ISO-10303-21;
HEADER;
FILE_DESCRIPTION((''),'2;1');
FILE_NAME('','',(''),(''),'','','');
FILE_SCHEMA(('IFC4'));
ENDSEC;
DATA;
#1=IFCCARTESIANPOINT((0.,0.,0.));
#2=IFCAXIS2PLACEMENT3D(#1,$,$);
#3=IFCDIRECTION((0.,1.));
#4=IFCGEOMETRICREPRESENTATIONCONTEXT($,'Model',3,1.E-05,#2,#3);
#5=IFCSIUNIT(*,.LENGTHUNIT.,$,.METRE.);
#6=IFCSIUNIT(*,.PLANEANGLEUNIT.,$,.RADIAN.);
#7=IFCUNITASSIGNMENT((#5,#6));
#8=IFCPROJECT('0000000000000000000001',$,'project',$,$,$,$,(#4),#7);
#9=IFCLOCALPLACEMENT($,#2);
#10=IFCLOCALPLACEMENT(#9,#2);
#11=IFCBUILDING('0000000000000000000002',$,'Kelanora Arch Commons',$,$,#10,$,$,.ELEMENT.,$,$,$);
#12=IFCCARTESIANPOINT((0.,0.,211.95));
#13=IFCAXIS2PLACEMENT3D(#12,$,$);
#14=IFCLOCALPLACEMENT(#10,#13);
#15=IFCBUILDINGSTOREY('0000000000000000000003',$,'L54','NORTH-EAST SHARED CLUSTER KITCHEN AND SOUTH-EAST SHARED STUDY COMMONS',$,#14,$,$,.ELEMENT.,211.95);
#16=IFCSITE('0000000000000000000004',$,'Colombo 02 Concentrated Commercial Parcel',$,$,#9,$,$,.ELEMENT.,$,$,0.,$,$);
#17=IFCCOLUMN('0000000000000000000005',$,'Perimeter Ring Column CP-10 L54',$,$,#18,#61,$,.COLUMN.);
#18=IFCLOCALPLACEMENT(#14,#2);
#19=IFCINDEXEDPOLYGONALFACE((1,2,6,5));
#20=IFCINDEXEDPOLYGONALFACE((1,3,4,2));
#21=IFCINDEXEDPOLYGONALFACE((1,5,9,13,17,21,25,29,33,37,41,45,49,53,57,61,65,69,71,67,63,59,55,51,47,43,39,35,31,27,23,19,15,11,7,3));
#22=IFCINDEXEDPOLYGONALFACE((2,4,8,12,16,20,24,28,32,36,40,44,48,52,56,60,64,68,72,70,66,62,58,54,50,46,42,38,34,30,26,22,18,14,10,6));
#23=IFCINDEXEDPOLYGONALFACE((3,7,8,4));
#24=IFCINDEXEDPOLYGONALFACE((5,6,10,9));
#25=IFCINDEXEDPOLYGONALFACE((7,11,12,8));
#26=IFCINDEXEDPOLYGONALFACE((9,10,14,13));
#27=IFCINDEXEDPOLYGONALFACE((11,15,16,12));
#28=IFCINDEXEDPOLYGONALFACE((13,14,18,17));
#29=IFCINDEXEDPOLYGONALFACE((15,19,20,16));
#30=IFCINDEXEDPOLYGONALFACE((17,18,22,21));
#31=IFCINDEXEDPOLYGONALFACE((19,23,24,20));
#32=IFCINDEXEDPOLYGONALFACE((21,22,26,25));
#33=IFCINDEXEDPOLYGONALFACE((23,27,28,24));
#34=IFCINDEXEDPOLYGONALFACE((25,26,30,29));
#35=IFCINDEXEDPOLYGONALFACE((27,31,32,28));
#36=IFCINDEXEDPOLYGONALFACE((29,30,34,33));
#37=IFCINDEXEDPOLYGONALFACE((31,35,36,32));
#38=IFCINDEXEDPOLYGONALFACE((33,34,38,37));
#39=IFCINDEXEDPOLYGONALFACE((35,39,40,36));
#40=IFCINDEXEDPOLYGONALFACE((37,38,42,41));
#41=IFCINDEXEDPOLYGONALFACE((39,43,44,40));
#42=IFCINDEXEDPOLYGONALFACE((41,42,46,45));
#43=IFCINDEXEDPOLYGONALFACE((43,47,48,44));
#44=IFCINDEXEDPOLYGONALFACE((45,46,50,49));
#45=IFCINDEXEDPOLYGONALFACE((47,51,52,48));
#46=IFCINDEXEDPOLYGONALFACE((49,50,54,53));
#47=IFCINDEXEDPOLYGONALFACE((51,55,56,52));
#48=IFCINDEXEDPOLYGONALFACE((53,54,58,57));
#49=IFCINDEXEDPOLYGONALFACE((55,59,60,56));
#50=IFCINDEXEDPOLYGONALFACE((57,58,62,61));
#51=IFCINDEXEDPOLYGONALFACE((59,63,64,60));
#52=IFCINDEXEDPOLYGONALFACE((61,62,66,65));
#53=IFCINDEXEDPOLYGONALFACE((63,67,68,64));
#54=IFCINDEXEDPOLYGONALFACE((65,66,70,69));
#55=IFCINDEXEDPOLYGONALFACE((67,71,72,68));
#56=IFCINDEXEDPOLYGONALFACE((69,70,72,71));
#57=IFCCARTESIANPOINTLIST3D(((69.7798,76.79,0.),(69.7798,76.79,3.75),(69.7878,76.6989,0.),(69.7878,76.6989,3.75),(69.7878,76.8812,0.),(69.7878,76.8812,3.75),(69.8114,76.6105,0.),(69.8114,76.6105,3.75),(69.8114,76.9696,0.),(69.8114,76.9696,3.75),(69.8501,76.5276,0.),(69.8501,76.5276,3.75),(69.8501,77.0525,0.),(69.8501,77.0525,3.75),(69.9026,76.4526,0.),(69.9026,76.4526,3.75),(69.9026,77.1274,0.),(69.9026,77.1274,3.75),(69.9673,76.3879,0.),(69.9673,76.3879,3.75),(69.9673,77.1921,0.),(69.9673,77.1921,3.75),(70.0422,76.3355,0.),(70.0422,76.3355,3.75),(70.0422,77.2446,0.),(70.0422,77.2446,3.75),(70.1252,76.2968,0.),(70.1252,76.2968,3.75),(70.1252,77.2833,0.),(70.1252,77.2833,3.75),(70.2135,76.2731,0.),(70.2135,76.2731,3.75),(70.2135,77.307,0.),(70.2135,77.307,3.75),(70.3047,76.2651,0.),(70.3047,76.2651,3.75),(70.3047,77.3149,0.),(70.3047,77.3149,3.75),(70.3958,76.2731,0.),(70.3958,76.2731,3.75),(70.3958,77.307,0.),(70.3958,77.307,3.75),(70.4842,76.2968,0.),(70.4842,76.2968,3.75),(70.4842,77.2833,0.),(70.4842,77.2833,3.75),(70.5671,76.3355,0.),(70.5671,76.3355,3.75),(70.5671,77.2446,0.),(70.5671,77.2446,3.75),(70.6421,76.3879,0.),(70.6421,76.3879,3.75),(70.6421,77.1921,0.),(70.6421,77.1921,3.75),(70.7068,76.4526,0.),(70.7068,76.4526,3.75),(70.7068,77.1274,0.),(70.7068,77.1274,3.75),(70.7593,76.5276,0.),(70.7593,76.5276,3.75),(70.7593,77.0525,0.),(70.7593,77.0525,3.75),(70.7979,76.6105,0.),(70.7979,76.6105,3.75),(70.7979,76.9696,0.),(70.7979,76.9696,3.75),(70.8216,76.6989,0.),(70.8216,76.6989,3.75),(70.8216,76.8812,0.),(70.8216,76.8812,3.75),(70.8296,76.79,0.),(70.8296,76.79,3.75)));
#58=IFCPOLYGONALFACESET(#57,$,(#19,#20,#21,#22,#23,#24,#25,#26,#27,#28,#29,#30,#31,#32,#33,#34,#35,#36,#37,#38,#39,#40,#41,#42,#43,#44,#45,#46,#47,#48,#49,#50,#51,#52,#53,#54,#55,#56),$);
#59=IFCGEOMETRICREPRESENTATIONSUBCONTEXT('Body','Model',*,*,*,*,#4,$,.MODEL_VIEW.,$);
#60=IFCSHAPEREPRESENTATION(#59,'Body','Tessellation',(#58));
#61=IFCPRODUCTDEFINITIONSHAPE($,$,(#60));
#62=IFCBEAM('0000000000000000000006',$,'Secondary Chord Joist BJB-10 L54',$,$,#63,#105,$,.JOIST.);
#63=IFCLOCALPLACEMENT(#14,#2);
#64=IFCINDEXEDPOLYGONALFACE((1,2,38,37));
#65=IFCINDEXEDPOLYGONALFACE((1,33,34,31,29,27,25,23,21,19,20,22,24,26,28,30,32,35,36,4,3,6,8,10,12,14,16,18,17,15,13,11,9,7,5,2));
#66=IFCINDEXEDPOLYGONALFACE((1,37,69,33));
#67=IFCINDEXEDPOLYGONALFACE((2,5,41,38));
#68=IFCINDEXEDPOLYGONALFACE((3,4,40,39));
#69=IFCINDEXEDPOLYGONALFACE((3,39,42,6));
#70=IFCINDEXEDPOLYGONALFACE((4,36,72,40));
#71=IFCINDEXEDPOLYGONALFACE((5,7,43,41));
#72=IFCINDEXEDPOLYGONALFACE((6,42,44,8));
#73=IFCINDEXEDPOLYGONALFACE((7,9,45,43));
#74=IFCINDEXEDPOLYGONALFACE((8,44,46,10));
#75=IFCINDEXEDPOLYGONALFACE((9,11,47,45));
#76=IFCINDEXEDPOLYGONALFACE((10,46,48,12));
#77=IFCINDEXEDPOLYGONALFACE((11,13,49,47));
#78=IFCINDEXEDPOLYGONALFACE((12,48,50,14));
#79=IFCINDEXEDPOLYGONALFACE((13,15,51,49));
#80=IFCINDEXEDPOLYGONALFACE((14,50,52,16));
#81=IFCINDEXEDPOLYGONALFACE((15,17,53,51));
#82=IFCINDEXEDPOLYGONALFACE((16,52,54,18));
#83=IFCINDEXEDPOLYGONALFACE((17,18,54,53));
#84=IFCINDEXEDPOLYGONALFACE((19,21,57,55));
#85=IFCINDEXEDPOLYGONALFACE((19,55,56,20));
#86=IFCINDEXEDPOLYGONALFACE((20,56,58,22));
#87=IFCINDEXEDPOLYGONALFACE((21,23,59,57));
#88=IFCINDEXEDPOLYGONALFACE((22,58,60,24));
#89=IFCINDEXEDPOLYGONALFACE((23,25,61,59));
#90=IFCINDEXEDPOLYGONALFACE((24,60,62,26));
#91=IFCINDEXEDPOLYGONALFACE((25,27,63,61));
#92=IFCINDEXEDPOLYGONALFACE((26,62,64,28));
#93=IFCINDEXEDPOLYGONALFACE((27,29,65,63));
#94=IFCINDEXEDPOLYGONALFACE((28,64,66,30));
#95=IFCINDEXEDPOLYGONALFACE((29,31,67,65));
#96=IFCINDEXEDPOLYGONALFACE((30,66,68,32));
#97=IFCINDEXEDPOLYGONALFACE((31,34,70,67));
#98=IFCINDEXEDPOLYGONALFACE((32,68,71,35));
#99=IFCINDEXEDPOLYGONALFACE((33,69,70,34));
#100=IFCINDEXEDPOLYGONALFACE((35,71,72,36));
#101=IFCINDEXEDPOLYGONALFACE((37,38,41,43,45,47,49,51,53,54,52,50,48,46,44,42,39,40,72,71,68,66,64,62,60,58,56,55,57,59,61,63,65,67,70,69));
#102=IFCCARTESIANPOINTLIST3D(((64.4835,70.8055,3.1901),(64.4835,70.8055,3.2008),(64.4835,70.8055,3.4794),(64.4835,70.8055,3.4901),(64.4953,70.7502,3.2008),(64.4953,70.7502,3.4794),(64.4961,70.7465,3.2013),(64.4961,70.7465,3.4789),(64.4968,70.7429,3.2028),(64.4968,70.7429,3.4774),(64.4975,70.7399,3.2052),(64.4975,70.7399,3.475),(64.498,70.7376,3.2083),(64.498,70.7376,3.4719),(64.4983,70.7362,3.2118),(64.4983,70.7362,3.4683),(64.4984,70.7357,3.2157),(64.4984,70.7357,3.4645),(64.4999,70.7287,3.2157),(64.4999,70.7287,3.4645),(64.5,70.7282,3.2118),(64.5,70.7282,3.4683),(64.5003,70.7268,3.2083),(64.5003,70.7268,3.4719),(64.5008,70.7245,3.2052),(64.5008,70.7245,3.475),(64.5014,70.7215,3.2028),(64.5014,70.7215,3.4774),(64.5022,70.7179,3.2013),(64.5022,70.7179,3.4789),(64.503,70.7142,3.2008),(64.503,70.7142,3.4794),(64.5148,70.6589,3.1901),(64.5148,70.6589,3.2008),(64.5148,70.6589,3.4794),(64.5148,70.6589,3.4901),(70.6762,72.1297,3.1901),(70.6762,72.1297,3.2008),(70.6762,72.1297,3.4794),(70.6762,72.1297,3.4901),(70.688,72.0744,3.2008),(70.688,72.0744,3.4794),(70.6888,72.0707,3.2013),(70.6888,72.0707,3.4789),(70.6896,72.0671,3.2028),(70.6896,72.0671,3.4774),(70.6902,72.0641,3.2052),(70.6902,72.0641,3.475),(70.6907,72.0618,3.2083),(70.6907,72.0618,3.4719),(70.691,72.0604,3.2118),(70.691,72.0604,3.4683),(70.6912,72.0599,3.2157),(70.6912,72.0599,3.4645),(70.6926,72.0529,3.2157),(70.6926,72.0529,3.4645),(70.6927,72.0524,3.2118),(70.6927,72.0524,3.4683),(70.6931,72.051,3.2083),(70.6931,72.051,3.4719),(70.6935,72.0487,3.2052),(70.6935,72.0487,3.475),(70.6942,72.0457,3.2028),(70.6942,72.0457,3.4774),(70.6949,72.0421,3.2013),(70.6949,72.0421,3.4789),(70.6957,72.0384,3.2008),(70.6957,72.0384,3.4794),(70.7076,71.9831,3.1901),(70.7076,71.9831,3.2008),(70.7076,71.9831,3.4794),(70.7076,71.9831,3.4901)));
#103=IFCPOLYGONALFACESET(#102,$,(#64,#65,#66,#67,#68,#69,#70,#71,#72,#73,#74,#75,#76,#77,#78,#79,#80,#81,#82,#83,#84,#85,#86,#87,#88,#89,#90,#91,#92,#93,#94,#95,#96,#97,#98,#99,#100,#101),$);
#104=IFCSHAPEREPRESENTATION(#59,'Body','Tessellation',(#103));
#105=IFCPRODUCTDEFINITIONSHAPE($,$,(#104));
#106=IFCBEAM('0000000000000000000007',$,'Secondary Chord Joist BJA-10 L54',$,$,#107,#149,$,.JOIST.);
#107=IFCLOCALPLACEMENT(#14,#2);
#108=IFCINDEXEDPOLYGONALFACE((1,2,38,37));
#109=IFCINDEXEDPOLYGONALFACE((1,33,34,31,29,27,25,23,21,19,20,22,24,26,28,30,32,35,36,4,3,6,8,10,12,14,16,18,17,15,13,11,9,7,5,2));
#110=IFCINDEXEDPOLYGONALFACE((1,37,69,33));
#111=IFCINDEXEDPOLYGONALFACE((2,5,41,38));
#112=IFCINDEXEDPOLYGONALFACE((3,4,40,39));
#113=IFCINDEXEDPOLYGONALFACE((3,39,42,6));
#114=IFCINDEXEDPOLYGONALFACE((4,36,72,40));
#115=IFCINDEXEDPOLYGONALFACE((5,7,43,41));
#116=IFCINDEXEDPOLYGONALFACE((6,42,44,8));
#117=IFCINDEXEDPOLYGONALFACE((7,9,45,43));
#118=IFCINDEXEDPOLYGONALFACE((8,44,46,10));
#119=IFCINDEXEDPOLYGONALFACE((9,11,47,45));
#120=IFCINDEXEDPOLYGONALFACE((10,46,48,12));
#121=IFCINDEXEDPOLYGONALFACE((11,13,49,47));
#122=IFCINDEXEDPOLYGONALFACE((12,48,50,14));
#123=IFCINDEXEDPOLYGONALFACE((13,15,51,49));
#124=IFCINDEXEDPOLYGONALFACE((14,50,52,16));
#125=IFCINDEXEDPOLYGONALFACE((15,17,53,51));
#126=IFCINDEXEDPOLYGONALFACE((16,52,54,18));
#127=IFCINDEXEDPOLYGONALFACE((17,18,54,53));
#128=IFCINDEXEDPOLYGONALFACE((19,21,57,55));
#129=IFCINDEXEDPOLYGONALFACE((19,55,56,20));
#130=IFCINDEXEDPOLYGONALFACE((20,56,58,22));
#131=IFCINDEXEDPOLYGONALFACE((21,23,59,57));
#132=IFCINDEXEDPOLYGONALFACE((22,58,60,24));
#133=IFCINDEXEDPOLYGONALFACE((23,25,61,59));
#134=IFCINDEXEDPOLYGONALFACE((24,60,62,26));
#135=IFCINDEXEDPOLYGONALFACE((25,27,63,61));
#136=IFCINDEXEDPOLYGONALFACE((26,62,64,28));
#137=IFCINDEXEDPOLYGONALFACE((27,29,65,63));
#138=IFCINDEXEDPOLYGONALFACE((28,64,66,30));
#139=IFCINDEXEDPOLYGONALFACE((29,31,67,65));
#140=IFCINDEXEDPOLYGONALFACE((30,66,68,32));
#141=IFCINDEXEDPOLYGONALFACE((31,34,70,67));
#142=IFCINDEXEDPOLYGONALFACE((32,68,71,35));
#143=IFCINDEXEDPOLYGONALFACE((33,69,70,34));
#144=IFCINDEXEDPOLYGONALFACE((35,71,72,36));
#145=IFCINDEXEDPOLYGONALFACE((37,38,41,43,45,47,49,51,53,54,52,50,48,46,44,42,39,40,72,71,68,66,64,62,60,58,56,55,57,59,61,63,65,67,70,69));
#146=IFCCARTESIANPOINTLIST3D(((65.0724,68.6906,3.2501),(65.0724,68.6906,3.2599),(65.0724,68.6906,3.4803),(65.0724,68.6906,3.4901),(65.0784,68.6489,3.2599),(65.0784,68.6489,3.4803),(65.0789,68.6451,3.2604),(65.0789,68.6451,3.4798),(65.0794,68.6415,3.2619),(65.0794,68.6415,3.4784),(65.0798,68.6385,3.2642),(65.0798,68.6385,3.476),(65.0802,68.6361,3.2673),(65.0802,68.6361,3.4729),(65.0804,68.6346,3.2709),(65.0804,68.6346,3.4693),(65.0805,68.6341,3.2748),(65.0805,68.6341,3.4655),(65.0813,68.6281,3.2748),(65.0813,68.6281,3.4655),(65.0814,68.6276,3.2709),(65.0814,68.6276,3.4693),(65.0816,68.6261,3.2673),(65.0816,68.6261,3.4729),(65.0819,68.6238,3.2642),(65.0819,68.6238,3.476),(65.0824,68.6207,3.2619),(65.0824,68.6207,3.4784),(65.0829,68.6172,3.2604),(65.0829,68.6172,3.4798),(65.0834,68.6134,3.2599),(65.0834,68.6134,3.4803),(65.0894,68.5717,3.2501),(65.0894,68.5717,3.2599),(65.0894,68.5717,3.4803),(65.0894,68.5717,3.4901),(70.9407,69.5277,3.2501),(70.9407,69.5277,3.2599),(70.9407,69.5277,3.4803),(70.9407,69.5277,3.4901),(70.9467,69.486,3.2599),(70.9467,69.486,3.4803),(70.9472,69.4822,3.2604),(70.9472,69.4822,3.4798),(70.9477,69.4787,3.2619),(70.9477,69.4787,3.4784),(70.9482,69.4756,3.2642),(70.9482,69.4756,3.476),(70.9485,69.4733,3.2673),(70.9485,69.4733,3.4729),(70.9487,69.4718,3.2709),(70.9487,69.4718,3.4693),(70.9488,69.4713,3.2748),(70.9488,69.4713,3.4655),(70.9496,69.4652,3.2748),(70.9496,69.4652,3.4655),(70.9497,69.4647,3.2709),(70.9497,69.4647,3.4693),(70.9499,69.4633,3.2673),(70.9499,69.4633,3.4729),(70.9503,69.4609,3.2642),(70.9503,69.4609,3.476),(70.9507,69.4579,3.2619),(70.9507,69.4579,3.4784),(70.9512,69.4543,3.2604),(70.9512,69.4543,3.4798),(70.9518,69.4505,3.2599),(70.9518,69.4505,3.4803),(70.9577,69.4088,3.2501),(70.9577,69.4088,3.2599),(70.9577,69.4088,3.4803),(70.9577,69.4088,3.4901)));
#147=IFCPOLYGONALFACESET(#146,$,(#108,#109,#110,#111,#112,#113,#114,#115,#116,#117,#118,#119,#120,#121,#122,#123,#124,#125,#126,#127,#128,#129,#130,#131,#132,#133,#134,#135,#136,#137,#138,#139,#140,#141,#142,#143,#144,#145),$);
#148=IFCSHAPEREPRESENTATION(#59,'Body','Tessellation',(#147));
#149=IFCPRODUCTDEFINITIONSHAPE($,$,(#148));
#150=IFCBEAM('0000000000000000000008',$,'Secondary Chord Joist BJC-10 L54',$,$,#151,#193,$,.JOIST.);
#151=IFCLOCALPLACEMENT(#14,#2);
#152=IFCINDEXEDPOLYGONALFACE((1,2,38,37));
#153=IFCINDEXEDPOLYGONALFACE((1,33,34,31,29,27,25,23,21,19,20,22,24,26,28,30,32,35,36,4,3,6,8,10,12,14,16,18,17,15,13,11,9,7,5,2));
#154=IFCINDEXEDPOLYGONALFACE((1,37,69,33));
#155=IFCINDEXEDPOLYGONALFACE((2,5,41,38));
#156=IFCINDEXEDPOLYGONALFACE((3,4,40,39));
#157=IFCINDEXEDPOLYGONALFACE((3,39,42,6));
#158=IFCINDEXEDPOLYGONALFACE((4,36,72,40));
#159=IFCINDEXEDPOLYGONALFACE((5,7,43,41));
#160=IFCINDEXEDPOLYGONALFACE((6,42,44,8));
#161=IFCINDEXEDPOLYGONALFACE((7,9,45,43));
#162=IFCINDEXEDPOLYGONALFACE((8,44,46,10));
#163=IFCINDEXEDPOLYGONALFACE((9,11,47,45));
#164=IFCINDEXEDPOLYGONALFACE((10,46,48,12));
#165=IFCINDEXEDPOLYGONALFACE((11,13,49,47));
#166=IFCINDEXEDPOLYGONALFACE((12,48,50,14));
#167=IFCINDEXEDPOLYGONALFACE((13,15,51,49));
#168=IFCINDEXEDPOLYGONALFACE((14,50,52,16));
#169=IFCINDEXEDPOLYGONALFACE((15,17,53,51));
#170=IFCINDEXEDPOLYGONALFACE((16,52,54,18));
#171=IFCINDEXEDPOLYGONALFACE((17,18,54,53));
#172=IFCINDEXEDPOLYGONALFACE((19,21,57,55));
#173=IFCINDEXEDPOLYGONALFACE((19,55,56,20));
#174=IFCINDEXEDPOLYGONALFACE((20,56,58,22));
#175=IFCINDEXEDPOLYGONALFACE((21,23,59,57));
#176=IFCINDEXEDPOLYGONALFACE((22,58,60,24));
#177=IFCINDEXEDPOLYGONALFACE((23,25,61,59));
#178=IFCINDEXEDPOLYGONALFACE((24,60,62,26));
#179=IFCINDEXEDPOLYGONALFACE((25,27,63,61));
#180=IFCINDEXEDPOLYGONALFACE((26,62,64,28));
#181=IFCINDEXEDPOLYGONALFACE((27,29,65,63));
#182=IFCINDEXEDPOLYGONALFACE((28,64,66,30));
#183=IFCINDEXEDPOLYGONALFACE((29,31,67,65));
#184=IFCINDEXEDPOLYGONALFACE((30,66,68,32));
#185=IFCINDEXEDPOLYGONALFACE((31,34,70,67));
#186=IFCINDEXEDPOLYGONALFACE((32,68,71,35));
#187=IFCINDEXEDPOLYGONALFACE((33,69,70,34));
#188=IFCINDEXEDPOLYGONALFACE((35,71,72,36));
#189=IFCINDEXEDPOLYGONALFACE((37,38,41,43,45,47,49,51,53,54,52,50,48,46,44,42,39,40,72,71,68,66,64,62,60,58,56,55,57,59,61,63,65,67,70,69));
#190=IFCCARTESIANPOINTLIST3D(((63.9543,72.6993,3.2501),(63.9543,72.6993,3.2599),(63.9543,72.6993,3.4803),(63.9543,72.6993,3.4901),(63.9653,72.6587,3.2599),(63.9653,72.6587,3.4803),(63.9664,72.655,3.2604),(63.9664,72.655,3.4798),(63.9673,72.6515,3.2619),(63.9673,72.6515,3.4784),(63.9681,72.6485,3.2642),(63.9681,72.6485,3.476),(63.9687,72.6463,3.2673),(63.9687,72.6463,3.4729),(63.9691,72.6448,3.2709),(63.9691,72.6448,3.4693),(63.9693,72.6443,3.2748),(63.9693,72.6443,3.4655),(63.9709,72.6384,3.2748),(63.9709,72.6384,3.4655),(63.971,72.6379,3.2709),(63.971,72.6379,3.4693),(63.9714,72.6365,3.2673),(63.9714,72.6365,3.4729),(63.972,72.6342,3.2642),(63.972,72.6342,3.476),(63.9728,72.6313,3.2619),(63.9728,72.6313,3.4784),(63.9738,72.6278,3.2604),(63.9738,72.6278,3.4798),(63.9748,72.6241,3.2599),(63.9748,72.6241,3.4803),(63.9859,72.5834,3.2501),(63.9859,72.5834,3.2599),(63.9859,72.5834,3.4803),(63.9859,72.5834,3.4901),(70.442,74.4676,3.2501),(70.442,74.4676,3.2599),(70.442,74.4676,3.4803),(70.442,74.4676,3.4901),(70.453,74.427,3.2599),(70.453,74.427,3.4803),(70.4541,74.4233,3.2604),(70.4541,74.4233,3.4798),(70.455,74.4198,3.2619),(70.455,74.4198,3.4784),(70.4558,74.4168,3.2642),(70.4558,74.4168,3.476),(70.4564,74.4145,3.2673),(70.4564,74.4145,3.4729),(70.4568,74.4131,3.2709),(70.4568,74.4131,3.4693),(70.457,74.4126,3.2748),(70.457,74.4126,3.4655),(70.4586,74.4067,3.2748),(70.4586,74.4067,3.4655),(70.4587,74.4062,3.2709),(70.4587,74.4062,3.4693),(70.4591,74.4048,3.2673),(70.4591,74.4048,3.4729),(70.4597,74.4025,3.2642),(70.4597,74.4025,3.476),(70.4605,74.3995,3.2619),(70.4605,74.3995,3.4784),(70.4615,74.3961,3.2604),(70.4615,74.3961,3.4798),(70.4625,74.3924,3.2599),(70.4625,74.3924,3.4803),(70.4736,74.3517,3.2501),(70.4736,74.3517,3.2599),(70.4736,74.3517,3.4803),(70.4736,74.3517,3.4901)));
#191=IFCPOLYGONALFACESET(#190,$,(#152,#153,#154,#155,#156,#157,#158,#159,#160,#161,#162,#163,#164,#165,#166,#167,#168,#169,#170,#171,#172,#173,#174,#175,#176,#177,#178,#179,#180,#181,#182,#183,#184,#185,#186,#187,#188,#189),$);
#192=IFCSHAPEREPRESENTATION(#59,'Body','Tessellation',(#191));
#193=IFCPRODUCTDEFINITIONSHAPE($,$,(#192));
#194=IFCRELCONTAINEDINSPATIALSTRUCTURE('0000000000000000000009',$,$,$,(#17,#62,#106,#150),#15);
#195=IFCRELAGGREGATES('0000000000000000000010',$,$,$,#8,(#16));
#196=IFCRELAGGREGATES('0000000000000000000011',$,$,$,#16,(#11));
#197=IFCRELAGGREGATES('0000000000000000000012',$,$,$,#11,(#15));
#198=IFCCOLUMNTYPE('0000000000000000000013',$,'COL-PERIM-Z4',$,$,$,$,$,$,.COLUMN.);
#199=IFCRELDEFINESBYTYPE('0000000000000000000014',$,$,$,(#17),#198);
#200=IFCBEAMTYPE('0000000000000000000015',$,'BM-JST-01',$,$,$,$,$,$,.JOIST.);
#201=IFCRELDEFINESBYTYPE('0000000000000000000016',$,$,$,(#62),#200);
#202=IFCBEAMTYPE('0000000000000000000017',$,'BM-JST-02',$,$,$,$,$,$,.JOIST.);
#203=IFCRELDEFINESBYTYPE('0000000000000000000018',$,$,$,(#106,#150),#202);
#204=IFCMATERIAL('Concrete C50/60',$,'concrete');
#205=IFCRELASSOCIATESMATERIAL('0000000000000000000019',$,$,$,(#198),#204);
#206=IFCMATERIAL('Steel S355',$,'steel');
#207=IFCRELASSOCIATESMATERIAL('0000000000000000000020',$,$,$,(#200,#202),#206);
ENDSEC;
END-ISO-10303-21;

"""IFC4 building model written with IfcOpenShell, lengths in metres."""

from ifc_helpers import new_model, si_unit, direction, frame, origin, origin_2d, place, context, subcontext, project, spatial, circle, i_section, extrude, material, material_profile, profile_set, type_object, element, save


model = new_model("IFC4")

# Units and contexts
model_context = context("Model", 3, precision=1e-05, world=origin(), true_north=direction((0.0, 1.0)))
body_context = subcontext(model_context, "Body", "Model", "MODEL_VIEW")
ifc_project = project(units=[si_unit("LENGTHUNIT", "METRE"), si_unit("PLANEANGLEUNIT", "RADIAN")], contexts=[model_context])

# Site, building, storey
site_placement = place(None, origin())
site = spatial("IfcSite", under=ifc_project, at=site_placement, Name="Colombo 02 Concentrated Commercial Parcel", CompositionType="ELEMENT", RefElevation=0.0)
building_placement = place(site_placement, origin())
building = spatial("IfcBuilding", under=site, at=building_placement, Name="Kelanora Arch Commons", CompositionType="ELEMENT")
storey_placement = place(building_placement, frame((0.0, 0.0, 211.95)))
storey = spatial("IfcBuildingStorey", under=building, at=storey_placement, Name="L54", Description="NORTH-EAST SHARED CLUSTER KITCHEN AND SOUTH-EAST SHARED STUDY COMMONS", CompositionType="ELEMENT", Elevation=211.95)

# Column
ifc_material_1 = material(Name="Concrete C50/60", Category="concrete")
ifc_material_profile_1 = material_profile(ifc_material_1, circle(Radius=0.5249, at=origin_2d()), Name="RCC1050")
ifc_profile_set_1 = profile_set([ifc_material_profile_1], Name="Concrete C50/60")
column_type = type_object("IfcColumnType", Name="COL-PERIM-Z4", PredefinedType="COLUMN", material=ifc_profile_set_1)
column_placement = place(storey_placement, frame((70.3047, 76.79, 0.0), z_axis=(0.0, 0.0, 1.0), x_axis=(1.0, 0.0, 0.0)))
element("IfcColumn", 1, at=column_placement, inside=storey, type_object=column_type, Name="Perimeter Ring Column CP-10 L54", PredefinedType="COLUMN", context=body_context, shape_type="SweptSolid", body=[
    extrude(circle(Radius=0.5249, at=origin_2d()), origin(), (0.0, 0.0, 1.0), 3.75),
])

# Beams
ifc_material_2 = material(Name="Steel S355", Category="steel")
ifc_material_profile_2 = material_profile(ifc_material_2, i_section(OverallWidth=0.1499, OverallDepth=0.3, WebThickness=0.0071, FlangeThickness=0.0107, FilletRadius=0.0149, at=origin_2d()), Name="IPE300")
ifc_profile_set_2 = profile_set([ifc_material_profile_2], Name="Steel S355")
beam_type_1 = type_object("IfcBeamType", Name="BM-JST-01", PredefinedType="JOIST", material=ifc_profile_set_2)
beam_1_placement = place(storey_placement, frame((70.6919, 72.0564, 3.3401), z_axis=(-0.977894, -0.209103, 0.0), x_axis=(0.209103, -0.977894, 0.0)))
element("IfcBeam", 2, at=beam_1_placement, inside=storey, type_object=beam_type_1, Name="Secondary Chord Joist BJB-10 L54", PredefinedType="JOIST", context=body_context, shape_type="SweptSolid", body=[
    extrude(i_section(OverallWidth=0.1499, OverallDepth=0.3, WebThickness=0.0071, FlangeThickness=0.0107, FilletRadius=0.0149, at=origin_2d()), origin(), (0.0, 0.0, 1.0), 6.3328),
])
ifc_material_profile_3 = material_profile(ifc_material_2, i_section(OverallWidth=0.1201, OverallDepth=0.24, WebThickness=0.0061, FlangeThickness=0.0098, FilletRadius=0.0149, at=origin_2d()), Name="IPE240")
ifc_profile_set_3 = profile_set([ifc_material_profile_3], Name="Steel S355")
beam_type_2 = type_object("IfcBeamType", Name="BM-JST-02", PredefinedType="JOIST", material=ifc_profile_set_3)
beam_2_placement = place(storey_placement, frame((70.9492, 69.4683, 3.3701), z_axis=(-0.989977, -0.141225, 0.0), x_axis=(0.141225, -0.989977, 0.0)))
element("IfcBeam", 3, at=beam_2_placement, inside=storey, type_object=beam_type_2, Name="Secondary Chord Joist BJA-10 L54", PredefinedType="JOIST", context=body_context, shape_type="SweptSolid", body=[
    extrude(i_section(OverallWidth=0.1201, OverallDepth=0.24, WebThickness=0.0061, FlangeThickness=0.0098, FilletRadius=0.0149, at=origin_2d()), origin(), (0.0, 0.0, 1.0), 5.9277),
])
beam_3_placement = place(storey_placement, frame((70.4578, 74.4097, 3.3701), z_axis=(-0.964805, -0.262967, 0.0), x_axis=(0.262967, -0.964805, 0.0)))
element("IfcBeam", 4, at=beam_3_placement, inside=storey, type_object=beam_type_2, Name="Secondary Chord Joist BJC-10 L54", PredefinedType="JOIST", context=body_context, shape_type="SweptSolid", body=[
    extrude(i_section(OverallWidth=0.1201, OverallDepth=0.24, WebThickness=0.0061, FlangeThickness=0.0098, FilletRadius=0.0149, at=origin_2d()), origin(), (0.0, 0.0, 1.0), 6.7244),
])

save(model, "model.ifc")
